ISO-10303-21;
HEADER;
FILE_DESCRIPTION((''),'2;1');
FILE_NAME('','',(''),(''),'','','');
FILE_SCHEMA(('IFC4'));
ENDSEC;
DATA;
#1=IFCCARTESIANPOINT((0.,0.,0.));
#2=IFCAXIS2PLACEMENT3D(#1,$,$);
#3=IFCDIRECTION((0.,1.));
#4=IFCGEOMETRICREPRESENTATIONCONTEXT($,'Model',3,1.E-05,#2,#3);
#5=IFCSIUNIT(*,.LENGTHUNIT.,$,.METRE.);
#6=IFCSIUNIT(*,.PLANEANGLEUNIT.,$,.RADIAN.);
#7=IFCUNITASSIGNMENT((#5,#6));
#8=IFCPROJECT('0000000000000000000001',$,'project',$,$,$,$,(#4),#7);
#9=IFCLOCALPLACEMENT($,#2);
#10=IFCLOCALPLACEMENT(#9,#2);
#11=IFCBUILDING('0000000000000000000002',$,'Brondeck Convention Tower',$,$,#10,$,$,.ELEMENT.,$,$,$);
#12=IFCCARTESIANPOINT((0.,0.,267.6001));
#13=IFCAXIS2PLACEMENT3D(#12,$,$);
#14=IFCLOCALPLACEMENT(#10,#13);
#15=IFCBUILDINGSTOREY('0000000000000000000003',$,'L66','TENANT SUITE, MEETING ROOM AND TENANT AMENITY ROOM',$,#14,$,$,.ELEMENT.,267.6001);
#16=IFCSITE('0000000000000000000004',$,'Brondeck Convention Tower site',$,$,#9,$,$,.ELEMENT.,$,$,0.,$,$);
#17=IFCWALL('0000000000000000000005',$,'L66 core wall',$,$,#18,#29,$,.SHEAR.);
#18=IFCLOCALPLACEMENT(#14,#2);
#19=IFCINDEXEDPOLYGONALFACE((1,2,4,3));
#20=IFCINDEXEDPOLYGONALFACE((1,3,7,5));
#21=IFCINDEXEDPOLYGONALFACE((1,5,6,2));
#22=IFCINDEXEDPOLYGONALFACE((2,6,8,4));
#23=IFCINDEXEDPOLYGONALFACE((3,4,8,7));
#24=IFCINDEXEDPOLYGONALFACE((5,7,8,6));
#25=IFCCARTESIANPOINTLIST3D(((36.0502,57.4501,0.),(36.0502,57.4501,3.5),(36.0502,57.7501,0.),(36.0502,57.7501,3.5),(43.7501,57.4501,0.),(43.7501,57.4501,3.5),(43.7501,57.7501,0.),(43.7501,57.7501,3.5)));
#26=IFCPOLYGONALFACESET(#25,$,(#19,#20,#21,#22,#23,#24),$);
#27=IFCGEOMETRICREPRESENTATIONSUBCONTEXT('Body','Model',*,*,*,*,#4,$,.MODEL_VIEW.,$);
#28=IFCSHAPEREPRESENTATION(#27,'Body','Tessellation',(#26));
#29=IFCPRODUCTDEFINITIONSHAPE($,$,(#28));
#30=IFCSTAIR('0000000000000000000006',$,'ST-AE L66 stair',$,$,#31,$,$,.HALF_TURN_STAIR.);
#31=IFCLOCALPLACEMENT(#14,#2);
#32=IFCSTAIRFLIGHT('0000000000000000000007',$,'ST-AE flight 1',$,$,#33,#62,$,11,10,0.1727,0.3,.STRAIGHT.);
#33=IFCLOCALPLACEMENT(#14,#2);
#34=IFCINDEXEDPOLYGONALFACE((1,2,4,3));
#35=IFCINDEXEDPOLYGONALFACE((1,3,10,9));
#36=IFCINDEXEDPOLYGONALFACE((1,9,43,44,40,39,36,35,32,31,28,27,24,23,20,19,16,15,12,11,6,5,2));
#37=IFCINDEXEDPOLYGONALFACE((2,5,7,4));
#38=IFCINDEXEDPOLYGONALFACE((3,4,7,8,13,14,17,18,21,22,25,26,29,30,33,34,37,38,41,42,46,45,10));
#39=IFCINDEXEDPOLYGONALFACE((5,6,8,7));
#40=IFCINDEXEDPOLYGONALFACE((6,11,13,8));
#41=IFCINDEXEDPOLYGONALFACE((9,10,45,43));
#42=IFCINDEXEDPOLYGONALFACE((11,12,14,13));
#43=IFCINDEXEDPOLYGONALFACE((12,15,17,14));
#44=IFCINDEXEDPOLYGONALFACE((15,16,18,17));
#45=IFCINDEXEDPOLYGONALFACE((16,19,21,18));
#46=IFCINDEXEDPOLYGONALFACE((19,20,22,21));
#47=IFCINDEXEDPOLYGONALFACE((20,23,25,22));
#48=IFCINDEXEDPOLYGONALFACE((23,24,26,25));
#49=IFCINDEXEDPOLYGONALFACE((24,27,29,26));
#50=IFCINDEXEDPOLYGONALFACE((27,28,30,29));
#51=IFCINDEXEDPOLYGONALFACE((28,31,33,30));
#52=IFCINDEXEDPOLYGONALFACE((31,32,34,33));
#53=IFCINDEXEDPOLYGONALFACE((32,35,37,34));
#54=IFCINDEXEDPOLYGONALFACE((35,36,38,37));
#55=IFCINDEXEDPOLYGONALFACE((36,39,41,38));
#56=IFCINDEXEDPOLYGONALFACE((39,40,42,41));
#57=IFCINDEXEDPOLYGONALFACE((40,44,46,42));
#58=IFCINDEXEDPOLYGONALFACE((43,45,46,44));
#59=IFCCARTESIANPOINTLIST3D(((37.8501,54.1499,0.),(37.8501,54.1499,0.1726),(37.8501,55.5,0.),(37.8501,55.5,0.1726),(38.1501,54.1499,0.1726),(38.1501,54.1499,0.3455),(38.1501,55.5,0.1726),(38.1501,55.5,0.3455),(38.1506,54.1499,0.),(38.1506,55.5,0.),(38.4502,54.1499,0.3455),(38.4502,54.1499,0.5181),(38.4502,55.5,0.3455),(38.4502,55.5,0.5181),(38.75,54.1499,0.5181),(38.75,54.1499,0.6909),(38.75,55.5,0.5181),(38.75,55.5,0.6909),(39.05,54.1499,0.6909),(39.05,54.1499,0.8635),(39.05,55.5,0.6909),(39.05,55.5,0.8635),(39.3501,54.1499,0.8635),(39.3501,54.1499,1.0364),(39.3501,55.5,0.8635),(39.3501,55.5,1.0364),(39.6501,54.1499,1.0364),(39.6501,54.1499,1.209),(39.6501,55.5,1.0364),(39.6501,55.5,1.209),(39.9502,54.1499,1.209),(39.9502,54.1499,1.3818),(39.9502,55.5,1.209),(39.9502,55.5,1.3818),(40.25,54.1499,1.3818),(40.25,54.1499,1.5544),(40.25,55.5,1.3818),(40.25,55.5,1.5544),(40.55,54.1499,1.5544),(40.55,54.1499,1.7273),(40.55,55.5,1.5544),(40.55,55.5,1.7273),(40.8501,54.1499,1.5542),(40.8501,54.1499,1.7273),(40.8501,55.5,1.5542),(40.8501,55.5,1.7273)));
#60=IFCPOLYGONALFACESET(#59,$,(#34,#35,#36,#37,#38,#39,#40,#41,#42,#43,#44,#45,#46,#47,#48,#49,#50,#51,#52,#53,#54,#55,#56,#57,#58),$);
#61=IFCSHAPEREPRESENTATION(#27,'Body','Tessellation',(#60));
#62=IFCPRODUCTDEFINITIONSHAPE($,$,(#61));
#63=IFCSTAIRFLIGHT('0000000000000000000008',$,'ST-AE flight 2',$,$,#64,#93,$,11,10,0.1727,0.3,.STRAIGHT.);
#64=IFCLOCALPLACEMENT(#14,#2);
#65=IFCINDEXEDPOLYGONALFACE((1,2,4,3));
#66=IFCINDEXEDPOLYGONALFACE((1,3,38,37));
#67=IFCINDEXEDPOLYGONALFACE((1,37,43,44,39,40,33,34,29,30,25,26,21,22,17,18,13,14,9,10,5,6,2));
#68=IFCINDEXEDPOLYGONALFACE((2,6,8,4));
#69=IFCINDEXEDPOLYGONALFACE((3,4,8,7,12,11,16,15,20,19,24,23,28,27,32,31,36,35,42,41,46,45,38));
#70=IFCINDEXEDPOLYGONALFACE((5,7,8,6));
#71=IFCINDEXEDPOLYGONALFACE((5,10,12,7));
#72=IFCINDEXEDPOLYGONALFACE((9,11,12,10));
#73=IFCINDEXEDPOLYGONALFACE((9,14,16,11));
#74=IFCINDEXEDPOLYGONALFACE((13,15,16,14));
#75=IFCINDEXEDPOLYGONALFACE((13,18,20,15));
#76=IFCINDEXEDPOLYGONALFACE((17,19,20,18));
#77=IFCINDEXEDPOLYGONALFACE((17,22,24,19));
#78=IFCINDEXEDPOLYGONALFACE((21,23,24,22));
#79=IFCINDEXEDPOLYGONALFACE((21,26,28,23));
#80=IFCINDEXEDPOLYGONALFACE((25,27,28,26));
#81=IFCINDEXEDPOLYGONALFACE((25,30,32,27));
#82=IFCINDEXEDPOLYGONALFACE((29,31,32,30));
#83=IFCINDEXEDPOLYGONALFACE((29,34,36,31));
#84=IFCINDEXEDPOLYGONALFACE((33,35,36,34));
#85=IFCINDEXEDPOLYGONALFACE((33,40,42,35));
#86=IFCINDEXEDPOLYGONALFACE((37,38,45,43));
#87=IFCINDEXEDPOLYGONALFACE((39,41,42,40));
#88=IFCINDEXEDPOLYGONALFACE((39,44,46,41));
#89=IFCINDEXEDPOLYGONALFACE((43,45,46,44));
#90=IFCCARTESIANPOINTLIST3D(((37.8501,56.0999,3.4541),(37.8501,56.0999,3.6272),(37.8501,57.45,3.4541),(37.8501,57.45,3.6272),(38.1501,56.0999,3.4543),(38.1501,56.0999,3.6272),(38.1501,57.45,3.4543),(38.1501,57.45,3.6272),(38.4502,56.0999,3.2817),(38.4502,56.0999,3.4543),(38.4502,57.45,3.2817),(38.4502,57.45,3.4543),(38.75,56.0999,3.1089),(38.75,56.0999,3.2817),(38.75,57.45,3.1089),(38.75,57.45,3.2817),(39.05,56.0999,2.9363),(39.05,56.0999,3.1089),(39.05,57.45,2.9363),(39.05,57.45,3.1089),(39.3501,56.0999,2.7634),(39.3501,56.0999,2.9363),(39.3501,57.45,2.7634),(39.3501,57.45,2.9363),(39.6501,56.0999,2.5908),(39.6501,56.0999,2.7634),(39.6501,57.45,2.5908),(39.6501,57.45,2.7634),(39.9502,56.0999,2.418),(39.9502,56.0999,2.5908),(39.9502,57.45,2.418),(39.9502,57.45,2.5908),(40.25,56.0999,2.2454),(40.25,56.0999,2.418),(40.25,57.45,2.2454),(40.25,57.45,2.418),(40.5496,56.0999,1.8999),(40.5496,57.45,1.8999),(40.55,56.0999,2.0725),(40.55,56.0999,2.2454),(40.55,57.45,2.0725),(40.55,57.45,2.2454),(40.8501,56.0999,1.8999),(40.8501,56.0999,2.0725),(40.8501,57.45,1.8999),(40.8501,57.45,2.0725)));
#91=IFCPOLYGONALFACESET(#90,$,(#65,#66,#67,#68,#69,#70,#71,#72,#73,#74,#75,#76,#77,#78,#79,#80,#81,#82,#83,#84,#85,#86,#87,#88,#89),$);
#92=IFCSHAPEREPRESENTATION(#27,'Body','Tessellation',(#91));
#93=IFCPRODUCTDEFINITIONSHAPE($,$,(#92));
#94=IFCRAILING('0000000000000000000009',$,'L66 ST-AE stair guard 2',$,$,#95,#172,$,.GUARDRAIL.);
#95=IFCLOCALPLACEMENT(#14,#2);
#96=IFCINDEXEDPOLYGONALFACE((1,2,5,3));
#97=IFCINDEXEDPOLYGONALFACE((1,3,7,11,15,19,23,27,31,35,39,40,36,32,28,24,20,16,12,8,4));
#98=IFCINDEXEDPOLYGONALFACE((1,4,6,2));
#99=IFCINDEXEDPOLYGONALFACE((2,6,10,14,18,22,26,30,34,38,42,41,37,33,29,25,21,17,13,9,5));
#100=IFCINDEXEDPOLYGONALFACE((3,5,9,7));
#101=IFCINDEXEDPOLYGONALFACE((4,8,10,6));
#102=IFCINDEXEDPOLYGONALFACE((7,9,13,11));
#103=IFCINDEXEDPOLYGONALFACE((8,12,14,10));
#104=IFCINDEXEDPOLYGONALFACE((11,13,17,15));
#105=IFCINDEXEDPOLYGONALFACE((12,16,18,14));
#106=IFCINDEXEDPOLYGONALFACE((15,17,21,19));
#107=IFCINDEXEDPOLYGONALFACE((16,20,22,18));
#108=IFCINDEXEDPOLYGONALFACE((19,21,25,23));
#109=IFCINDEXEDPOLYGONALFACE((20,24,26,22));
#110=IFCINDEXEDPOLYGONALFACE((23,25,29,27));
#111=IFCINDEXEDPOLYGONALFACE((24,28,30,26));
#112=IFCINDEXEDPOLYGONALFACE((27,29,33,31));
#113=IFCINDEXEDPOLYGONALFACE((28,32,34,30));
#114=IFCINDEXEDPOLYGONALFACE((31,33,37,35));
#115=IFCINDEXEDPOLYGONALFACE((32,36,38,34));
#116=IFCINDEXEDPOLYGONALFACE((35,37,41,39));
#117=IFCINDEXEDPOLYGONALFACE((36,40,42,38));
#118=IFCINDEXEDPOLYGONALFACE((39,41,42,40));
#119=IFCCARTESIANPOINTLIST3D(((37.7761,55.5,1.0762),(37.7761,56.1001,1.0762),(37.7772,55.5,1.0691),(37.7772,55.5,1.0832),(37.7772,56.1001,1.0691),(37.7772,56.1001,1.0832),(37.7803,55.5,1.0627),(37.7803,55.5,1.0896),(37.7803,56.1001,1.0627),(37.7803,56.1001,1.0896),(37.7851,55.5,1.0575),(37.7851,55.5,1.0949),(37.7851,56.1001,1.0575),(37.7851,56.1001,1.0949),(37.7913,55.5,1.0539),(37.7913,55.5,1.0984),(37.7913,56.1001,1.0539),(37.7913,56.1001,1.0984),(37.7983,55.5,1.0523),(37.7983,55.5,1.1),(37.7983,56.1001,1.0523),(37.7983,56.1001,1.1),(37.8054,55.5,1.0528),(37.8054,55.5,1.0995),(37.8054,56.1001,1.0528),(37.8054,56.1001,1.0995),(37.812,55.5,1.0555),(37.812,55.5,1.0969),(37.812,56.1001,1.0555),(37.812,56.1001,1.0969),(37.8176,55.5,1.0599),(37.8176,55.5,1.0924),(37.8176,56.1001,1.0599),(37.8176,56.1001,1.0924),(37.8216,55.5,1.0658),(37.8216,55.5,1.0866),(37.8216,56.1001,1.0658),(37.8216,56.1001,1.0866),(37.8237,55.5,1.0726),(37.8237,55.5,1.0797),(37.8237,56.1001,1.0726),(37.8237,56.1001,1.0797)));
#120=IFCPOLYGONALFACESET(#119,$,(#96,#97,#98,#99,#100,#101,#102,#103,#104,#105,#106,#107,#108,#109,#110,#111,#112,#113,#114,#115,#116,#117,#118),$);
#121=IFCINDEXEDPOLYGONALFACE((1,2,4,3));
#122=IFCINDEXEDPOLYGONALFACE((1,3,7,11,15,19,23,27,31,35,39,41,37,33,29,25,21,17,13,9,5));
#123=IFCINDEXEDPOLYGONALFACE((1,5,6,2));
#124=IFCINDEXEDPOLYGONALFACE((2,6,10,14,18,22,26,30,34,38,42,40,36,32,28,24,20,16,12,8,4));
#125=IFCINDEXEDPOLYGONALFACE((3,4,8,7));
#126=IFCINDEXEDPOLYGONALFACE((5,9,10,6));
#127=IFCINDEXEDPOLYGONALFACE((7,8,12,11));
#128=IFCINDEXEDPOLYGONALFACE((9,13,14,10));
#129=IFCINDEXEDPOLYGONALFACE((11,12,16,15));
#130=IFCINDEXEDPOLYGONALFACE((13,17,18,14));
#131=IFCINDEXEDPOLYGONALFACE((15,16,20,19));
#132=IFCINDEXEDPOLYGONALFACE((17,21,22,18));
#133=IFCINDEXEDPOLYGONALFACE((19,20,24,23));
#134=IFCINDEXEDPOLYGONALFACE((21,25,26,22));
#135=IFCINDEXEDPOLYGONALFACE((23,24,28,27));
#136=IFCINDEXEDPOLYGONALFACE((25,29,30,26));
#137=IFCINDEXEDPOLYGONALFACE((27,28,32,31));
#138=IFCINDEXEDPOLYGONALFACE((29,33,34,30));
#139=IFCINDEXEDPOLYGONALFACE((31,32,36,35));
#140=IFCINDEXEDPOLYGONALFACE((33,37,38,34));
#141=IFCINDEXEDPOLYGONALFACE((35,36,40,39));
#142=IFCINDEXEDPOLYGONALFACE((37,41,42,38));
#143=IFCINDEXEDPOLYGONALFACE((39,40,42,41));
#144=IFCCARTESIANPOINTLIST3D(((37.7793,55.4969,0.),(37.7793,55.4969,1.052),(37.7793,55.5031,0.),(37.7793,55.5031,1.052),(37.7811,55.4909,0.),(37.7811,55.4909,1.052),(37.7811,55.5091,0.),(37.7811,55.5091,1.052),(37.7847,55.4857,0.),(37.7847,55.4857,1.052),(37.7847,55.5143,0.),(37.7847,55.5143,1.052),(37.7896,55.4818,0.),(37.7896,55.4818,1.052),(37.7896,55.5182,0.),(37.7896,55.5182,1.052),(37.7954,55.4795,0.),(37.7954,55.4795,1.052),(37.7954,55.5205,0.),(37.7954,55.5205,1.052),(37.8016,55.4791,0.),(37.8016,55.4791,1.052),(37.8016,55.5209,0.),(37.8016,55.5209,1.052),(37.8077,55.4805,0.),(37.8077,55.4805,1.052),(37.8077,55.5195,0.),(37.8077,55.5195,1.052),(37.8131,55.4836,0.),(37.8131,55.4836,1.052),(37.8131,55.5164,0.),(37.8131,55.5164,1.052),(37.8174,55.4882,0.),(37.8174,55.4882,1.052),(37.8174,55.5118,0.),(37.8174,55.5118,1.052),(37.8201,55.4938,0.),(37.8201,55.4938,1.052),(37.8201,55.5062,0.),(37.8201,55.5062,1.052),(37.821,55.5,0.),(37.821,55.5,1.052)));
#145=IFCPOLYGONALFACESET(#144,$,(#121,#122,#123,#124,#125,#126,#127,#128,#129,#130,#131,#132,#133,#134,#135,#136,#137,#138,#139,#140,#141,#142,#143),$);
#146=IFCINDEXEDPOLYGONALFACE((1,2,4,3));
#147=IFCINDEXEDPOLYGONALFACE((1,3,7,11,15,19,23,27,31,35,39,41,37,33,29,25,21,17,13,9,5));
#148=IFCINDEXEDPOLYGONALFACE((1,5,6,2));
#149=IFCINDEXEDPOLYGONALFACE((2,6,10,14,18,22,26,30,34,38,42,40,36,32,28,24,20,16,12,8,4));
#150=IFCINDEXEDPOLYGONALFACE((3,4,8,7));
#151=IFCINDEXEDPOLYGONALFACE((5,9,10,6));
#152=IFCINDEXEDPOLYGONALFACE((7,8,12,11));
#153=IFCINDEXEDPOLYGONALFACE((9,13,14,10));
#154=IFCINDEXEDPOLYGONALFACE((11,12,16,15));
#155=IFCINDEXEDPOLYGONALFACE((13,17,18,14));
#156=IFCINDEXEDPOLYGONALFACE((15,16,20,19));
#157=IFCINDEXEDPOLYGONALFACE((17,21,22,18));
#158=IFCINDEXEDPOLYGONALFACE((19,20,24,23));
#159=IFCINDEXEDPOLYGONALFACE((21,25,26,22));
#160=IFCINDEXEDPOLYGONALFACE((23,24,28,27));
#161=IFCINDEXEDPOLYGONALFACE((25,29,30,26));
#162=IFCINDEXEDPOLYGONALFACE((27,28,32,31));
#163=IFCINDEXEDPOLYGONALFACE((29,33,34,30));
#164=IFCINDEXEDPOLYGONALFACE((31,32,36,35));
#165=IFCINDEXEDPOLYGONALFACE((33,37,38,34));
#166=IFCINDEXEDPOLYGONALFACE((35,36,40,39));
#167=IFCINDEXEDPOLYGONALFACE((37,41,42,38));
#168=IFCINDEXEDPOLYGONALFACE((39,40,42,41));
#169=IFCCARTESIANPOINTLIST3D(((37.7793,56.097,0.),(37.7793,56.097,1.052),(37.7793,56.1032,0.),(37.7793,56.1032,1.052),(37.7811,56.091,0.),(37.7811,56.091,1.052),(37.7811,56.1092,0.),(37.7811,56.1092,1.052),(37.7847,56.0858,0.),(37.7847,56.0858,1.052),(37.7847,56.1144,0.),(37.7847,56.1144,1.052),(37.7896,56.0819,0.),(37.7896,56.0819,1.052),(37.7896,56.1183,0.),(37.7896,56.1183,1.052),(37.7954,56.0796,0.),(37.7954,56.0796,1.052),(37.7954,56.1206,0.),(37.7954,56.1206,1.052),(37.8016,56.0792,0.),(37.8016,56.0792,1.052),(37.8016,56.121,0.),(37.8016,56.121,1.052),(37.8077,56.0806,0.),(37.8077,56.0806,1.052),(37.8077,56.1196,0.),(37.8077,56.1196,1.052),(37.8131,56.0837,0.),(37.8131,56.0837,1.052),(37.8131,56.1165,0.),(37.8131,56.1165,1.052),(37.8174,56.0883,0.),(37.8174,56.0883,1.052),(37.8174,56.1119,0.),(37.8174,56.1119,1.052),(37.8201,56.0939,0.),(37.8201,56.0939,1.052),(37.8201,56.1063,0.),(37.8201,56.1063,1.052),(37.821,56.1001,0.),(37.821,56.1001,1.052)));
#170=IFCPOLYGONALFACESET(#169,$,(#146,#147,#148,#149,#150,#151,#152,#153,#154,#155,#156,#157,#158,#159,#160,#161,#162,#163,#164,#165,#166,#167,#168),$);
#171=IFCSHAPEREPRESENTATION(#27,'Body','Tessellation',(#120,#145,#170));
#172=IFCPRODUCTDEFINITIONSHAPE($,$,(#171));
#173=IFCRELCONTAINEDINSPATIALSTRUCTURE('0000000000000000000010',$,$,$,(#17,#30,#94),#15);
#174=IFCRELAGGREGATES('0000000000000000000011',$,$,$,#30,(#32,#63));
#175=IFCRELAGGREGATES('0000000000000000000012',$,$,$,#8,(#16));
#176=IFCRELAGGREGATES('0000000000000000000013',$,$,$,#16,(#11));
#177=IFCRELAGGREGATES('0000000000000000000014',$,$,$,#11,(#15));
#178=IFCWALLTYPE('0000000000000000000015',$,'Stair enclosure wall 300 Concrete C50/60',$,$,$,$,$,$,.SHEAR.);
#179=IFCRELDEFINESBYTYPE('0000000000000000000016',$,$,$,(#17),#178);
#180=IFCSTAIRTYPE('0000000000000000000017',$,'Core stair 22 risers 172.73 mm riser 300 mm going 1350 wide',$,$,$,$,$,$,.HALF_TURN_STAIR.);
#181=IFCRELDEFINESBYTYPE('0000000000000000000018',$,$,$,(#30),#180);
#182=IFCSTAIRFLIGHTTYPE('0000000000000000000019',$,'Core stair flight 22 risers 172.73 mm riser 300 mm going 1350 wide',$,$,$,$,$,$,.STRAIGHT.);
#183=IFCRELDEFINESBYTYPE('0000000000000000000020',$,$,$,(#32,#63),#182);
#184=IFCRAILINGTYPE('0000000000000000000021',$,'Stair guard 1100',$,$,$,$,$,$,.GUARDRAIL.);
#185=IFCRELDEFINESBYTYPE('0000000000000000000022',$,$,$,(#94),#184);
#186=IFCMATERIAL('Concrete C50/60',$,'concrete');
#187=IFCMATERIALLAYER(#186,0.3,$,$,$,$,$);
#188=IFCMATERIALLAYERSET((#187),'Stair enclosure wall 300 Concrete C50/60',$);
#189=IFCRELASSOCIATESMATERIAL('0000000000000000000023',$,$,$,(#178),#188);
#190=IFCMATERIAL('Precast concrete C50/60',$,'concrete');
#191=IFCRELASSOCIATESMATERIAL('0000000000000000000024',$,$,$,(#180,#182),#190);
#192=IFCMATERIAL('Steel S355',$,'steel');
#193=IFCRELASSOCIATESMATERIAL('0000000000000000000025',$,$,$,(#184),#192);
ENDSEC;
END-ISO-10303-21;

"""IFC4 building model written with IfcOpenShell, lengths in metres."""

from ifc_helpers import new_model, si_unit, direction, frame, frame_2d, origin, origin_2d, place, context, subcontext, project, spatial, polyline, rectangle, circle, outline, extrude, material, layer, layer_set, type_object, element, aggregate, save


model = new_model("IFC4")

# Units and contexts
model_context = context("Model", 3, precision=1e-05, world=origin(), true_north=direction((0.0, 1.0)))
body_context = subcontext(model_context, "Body", "Model", "MODEL_VIEW")
ifc_project = project(units=[si_unit("LENGTHUNIT", "METRE"), si_unit("PLANEANGLEUNIT", "RADIAN")], contexts=[model_context])

# Site, building, storey
site_placement = place(None, origin())
site = spatial("IfcSite", under=ifc_project, at=site_placement, Name="Brondeck Convention Tower site", CompositionType="ELEMENT", RefElevation=0.0)
building_placement = place(site_placement, origin())
building = spatial("IfcBuilding", under=site, at=building_placement, Name="Brondeck Convention Tower", CompositionType="ELEMENT")
storey_placement = place(building_placement, frame((0.0, 0.0, 267.6001)))
storey = spatial("IfcBuildingStorey", under=building, at=storey_placement, Name="L66", Description="TENANT SUITE, MEETING ROOM AND TENANT AMENITY ROOM", CompositionType="ELEMENT", Elevation=267.6001)

# Shared definitions
ifc_material_1 = material(Name="Concrete C50/60", Category="concrete")

# Shared definitions
ifc_material_2 = material(Name="Steel S355", Category="steel")

# Wall
ifc_layer_1 = layer(ifc_material_1, 0.3)
ifc_layer_set_1 = layer_set([ifc_layer_1], Name="Stair enclosure wall 300 Concrete C50/60")
wall_type_1 = type_object("IfcWallType", Name="Stair enclosure wall 300 Concrete C50/60", PredefinedType="SHEAR", material=ifc_layer_set_1)
wall_1_placement = place(storey_placement, frame((36.05, 57.6001, 0.0), z_axis=(0.0, 0.0, 1.0), x_axis=(1.0, 0.0, 0.0)))
element("IfcWall", 1, at=wall_1_placement, inside=storey, type_object=wall_type_1, Name="L66 core wall", PredefinedType="SHEAR", context=body_context, shape_type="SweptSolid", body=[
    extrude(rectangle(XDim=7.7, YDim=0.3, at=frame_2d((3.8501, 0.0))), origin(), (0.0, 0.0, 1.0), 3.5),
])

# Stair, stair flights
ifc_material_3 = material(Name="Precast concrete C50/60", Category="concrete")
stair_type = type_object("IfcStairType", Name="Core stair 22 risers 172.73 mm riser 300 mm going 1350 wide", PredefinedType="HALF_TURN_STAIR", material=ifc_material_3)
stair_placement = place(storey_placement, origin())
stair = element("IfcStair", 2, at=stair_placement, inside=storey, type_object=stair_type, Name="ST-AE L66 stair", PredefinedType="HALF_TURN_STAIR")
stair_flight_type = type_object("IfcStairFlightType", Name="Core stair flight 22 risers 172.73 mm riser 300 mm going 1350 wide", PredefinedType="STRAIGHT", material=ifc_material_3)
stair_flight_1_placement = place(storey_placement, frame((37.8501, 54.825, 0.0), z_axis=(0.0, 0.0, 1.0), x_axis=(1.0, 0.0, 0.0)))
stair_flight_1 = element("IfcStairFlight", 3, at=stair_flight_1_placement, type_object=stair_flight_type, Name="ST-AE flight 1", NumberOfRisers=11, NumberOfTreads=10, PredefinedType="STRAIGHT", RiserHeight=0.1727, TreadLength=0.3, context=body_context, shape_type="SweptSolid", body=[
    extrude(outline(polyline([(0.0, 0.0), (0.0, 0.1726), (0.3, 0.1726), (0.3, 0.3455), (0.6001, 0.3455), (0.6001, 0.5181), (0.8999, 0.5181), (0.8999, 0.6909), (1.2, 0.6909), (1.2, 0.8635), (1.5, 0.8635), (1.5, 1.0364), (1.8, 1.0364), (1.8, 1.209), (2.1001, 1.209), (2.1001, 1.3818), (2.3999, 1.3818), (2.3999, 1.5544), (2.7, 1.5544), (2.7, 1.7273), (3.0, 1.7273), (3.0, 1.8999), (3.0, 1.5542), (0.3005, 0.0), (0.0, 0.0)])), frame((0.0, 0.675, 0.0), z_axis=(0.0, -1.0, 0.0), x_axis=(1.0, 0.0, 0.0)), (0.0, 0.0, 1.0), 1.3501),
])
stair_flight_2_placement = place(storey_placement, frame((40.8501, 56.7749, 1.8999), z_axis=(0.0, 0.0, 1.0), x_axis=(-1.0, 0.0, 0.0)))
stair_flight_2 = element("IfcStairFlight", 4, at=stair_flight_2_placement, type_object=stair_flight_type, Name="ST-AE flight 2", NumberOfRisers=11, NumberOfTreads=10, PredefinedType="STRAIGHT", RiserHeight=0.1727, TreadLength=0.3, context=body_context, shape_type="SweptSolid", body=[
    extrude(outline(polyline([(0.0, 0.0), (0.0, 0.1726), (0.3, 0.1726), (0.3, 0.3455), (0.6001, 0.3455), (0.6001, 0.5181), (0.8999, 0.5181), (0.8999, 0.6909), (1.2, 0.6909), (1.2, 0.8635), (1.5, 0.8635), (1.5, 1.0364), (1.8, 1.0364), (1.8, 1.209), (2.1001, 1.209), (2.1001, 1.3818), (2.3999, 1.3818), (2.3999, 1.5544), (2.7, 1.5544), (2.7, 1.7273), (3.0, 1.7273), (3.0, 1.8999), (3.0, 1.5542), (0.3005, 0.0), (0.0, 0.0)])), frame((0.0, 0.675, 0.0), z_axis=(0.0, -1.0, 0.0), x_axis=(1.0, 0.0, 0.0)), (0.0, 0.0, 1.0), 1.3501),
])
aggregate(stair, [stair_flight_1, stair_flight_2])

# Railing
railing_type_1 = type_object("IfcRailingType", Name="Stair guard 1100", PredefinedType="GUARDRAIL", material=ifc_material_2)
railing_1_placement = place(storey_placement, frame((37.8, 55.5, 0.0)))
element("IfcRailing", 5, at=railing_1_placement, inside=storey, type_object=railing_type_1, Name="L66 ST-AE stair guard 2", PredefinedType="GUARDRAIL", context=body_context, shape_type="SweptSolid", body=[
    extrude(circle(Radius=0.0239, at=origin_2d()), frame((0.0, 0.0, 1.0762), z_axis=(0.0, 1.0, 0.0), x_axis=(-1.0, 0.0, 0.0)), (0.0, 0.0, 1.0), 0.6001),
    extrude(circle(Radius=0.021, at=origin_2d()), origin(), (0.0, 0.0, 1.0), 1.052),
    extrude(circle(Radius=0.021, at=origin_2d()), frame((0.0, 0.6001, 0.0)), (0.0, 0.0, 1.0), 1.052),
])

save(model, "model.ifc")
